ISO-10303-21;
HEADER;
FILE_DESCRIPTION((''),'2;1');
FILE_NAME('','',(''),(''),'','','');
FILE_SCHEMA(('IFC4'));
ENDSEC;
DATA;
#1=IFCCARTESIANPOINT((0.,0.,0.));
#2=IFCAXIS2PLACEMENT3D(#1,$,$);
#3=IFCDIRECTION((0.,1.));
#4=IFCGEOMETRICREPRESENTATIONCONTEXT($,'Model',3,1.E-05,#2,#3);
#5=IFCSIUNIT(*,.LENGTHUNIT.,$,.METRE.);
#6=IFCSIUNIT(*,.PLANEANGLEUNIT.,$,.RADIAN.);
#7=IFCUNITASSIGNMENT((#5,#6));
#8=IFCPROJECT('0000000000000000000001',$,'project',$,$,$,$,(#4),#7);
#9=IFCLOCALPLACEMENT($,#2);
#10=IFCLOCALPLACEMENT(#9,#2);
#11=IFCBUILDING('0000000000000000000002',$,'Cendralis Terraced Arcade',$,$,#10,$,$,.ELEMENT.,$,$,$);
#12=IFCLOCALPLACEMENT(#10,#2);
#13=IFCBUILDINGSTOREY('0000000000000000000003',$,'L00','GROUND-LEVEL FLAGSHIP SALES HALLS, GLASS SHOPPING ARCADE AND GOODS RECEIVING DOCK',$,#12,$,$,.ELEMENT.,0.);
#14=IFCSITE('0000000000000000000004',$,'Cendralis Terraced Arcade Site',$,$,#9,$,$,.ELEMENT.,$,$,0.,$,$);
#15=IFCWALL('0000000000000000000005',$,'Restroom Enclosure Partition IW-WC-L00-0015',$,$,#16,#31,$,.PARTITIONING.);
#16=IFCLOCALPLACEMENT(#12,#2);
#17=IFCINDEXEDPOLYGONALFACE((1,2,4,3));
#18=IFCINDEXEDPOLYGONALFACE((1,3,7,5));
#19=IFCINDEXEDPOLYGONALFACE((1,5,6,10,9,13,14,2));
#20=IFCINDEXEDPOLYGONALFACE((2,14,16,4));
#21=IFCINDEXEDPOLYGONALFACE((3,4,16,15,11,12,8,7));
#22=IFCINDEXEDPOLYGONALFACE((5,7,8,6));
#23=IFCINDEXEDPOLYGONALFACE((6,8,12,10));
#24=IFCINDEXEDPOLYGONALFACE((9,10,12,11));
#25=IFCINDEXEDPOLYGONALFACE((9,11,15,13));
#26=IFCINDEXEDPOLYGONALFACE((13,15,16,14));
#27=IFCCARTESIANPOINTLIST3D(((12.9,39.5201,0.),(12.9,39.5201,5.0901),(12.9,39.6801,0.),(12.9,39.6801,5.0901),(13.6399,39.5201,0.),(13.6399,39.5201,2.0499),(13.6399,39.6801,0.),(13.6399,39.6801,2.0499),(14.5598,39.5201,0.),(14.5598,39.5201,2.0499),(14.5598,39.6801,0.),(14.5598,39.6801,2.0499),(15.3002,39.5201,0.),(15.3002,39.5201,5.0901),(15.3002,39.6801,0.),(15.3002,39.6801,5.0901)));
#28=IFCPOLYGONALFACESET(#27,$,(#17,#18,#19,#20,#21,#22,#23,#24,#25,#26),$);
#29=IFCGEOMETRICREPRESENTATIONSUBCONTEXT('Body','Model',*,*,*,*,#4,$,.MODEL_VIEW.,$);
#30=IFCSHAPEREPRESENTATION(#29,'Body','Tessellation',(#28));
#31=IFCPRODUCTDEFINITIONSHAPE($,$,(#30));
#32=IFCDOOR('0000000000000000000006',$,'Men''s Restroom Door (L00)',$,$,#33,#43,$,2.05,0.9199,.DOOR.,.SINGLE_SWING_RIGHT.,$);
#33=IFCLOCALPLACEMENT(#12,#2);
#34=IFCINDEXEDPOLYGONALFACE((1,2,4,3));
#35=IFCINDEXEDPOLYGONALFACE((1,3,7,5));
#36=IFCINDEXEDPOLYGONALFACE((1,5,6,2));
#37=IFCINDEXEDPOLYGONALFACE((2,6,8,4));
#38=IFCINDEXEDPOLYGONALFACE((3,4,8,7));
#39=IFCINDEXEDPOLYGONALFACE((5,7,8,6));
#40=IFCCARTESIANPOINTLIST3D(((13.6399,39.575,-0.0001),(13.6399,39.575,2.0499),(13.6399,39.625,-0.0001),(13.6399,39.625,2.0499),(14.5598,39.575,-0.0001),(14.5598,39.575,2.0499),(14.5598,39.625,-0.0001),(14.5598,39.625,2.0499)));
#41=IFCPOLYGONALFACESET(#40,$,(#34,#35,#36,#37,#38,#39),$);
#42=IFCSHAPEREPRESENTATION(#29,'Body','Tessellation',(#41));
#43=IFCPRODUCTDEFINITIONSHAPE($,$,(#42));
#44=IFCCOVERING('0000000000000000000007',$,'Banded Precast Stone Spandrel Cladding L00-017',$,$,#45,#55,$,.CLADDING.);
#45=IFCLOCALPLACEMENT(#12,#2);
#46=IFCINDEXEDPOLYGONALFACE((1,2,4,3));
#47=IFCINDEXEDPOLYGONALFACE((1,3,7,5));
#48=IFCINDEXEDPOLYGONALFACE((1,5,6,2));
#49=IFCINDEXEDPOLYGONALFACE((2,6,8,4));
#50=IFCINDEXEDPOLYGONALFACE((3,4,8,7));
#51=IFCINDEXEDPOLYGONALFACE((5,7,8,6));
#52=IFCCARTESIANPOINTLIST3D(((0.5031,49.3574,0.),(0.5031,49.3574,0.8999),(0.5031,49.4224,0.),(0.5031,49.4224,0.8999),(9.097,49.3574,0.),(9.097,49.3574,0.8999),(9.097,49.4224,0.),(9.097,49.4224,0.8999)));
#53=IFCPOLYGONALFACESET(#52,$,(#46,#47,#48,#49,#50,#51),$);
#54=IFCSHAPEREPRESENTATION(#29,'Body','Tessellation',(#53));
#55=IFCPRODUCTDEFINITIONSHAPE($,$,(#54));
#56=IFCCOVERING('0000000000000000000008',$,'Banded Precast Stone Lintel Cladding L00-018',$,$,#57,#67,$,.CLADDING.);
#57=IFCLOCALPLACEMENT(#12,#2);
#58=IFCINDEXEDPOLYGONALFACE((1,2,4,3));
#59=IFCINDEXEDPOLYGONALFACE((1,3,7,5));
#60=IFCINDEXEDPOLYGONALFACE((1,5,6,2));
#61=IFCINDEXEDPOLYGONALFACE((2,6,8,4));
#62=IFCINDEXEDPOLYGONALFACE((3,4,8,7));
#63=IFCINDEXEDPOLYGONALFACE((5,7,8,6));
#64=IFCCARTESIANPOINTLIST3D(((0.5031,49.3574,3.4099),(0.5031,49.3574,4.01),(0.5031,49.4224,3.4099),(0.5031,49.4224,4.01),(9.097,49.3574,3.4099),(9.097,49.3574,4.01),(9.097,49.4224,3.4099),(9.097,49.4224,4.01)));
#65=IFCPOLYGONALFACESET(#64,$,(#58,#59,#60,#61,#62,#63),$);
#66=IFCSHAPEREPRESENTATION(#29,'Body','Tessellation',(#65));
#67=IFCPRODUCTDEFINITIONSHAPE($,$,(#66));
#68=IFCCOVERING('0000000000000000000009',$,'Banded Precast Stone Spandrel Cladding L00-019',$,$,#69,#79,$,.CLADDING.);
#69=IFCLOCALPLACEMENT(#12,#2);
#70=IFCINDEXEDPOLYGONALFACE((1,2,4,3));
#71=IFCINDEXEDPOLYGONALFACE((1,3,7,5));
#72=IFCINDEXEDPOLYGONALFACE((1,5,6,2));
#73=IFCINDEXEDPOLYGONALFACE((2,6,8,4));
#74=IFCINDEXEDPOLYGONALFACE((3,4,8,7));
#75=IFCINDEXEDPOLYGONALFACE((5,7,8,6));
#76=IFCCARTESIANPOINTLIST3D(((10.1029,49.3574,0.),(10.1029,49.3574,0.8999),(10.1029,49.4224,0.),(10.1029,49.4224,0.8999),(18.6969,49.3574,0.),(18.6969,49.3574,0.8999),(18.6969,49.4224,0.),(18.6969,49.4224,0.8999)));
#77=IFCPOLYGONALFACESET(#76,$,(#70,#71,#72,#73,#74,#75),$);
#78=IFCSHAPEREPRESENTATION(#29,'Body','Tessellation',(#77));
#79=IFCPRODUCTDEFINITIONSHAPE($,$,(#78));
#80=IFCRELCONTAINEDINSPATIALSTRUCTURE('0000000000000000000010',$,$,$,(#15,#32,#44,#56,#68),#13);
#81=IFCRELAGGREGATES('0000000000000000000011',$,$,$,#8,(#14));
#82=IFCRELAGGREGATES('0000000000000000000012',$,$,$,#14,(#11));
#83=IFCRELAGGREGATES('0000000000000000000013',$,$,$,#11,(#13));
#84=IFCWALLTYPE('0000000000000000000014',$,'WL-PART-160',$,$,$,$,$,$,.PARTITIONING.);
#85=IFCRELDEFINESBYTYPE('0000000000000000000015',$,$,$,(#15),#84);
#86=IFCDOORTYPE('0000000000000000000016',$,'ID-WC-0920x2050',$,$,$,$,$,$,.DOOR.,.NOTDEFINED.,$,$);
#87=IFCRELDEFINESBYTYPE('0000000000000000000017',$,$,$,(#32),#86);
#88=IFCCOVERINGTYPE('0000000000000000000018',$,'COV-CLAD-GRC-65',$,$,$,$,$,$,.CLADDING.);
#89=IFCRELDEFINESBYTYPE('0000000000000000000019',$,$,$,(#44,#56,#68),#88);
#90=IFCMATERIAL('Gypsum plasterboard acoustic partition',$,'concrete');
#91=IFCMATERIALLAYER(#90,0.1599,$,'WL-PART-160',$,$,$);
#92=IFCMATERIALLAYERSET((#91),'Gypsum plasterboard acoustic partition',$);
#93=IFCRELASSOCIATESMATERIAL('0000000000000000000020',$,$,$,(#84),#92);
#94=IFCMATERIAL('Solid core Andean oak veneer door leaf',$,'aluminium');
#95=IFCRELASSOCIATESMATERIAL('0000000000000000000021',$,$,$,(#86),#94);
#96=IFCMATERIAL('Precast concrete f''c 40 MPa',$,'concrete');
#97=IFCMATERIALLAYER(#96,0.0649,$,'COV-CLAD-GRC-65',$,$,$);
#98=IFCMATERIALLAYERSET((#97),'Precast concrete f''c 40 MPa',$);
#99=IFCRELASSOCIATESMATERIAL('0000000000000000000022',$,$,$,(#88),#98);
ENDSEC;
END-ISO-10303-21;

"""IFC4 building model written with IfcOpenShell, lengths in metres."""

from ifc_helpers import new_model, si_unit, direction, frame, frame_2d, origin, origin_2d, place, context, subcontext, project, spatial, rectangle, extrude, material, layer, layer_set, type_object, element, fill, save


model = new_model("IFC4")

# Units and contexts
model_context = context("Model", 3, precision=1e-05, world=origin(), true_north=direction((0.0, 1.0)))
body_context = subcontext(model_context, "Body", "Model", "MODEL_VIEW")
ifc_project = project(units=[si_unit("LENGTHUNIT", "METRE"), si_unit("PLANEANGLEUNIT", "RADIAN")], contexts=[model_context])

# Site, building, storey
site_placement = place(None, origin())
site = spatial("IfcSite", under=ifc_project, at=site_placement, Name="Cendralis Terraced Arcade Site", CompositionType="ELEMENT", RefElevation=0.0)
building_placement = place(site_placement, origin())
building = spatial("IfcBuilding", under=site, at=building_placement, Name="Cendralis Terraced Arcade", CompositionType="ELEMENT")
storey_placement = place(building_placement, origin())
storey = spatial("IfcBuildingStorey", under=building, at=storey_placement, Name="L00", Description="GROUND-LEVEL FLAGSHIP SALES HALLS, GLASS SHOPPING ARCADE AND GOODS RECEIVING DOCK", CompositionType="ELEMENT", Elevation=0.0)

# Shared definitions
ifc_material_1 = material(Name="Precast concrete f'c 40 MPa", Category="concrete")

# Shared definitions
ifc_material_2 = material(Name="Gypsum plasterboard acoustic partition", Category="concrete")
ifc_layer_1 = layer(ifc_material_2, 0.1599, Name="WL-PART-160")
ifc_layer_set_1 = layer_set([ifc_layer_1], Name="Gypsum plasterboard acoustic partition")
wall_type_1 = type_object("IfcWallType", Name="WL-PART-160", PredefinedType="PARTITIONING", material=ifc_layer_set_1)

# Wall, opening, door
ifc_material_3 = material(Name="Solid core Andean oak veneer door leaf", Category="aluminium")
wall_1_placement = place(storey_placement, frame((12.8999, 39.6001, 0.0), z_axis=(0.0, 0.0, 1.0), x_axis=(1.0, 0.0, 0.0)))
wall_1 = element("IfcWall", 1, at=wall_1_placement, inside=storey, type_object=wall_type_1, Name="Restroom Enclosure Partition IW-WC-L00-0015", PredefinedType="PARTITIONING", context=body_context, shape_type="SweptSolid", body=[
    extrude(rectangle(XDim=2.4001, YDim=0.1599, at=frame_2d((1.2002, 0.0))), origin(), (0.0, 0.0, 1.0), 5.0901),
])
opening_1_placement = place(wall_1_placement, frame((0.74, 0.0, 0.0)))
opening_1 = element("IfcOpeningElement", 2, at=opening_1_placement, cuts=wall_1, PredefinedType="OPENING", context=body_context, shape_type="SweptSolid", body=[
    extrude(rectangle(XDim=0.9199, YDim=2.05, at=frame_2d((0.46, 1.0249))), frame((0.0, 0.0918, 0.0), z_axis=(0.0, -1.0, 0.0), x_axis=(1.0, 0.0, 0.0)), (0.0, 0.0, 1.0), 0.1838),
])
door_type_1 = type_object("IfcDoorType", Name="ID-WC-0920x2050", OperationType="NOTDEFINED", PredefinedType="DOOR", material=ifc_material_3)
door_1_placement = place(opening_1_placement, origin())
door_1 = element("IfcDoor", 3, at=door_1_placement, inside=storey, type_object=door_type_1, Name="Men's Restroom Door (L00)", OperationType="SINGLE_SWING_RIGHT", OverallHeight=2.05, OverallWidth=0.9199, PredefinedType="DOOR", context=body_context, shape_type="SweptSolid", body=[
    extrude(rectangle(XDim=0.9199, YDim=2.05, at=frame_2d((0.46, 1.0249))), frame((0.0, 0.0249, 0.0), z_axis=(0.0, -1.0, 0.0), x_axis=(1.0, 0.0, 0.0)), (0.0, 0.0, 1.0), 0.05),
])
fill(opening_1, door_1)

# Coverings
ifc_layer_2 = layer(ifc_material_1, 0.0649, Name="COV-CLAD-GRC-65")
ifc_layer_set_2 = layer_set([ifc_layer_2], Name="Precast concrete f'c 40 MPa")
covering_type = type_object("IfcCoveringType", Name="COV-CLAD-GRC-65", PredefinedType="CLADDING", material=ifc_layer_set_2)
covering_1_placement = place(storey_placement, frame((4.8, 49.3899, 0.0), z_axis=(0.0, 0.0, 1.0), x_axis=(1.0, 0.0, 0.0)))
element("IfcCovering", 4, at=covering_1_placement, inside=storey, type_object=covering_type, Name="Banded Precast Stone Spandrel Cladding L00-017", PredefinedType="CLADDING", context=body_context, shape_type="SweptSolid", body=[
    extrude(rectangle(XDim=8.594, YDim=0.0649, at=origin_2d()), origin(), (0.0, 0.0, 1.0), 0.8999),
])
covering_2_placement = place(storey_placement, frame((4.8, 49.3899, 3.4099), z_axis=(0.0, 0.0, 1.0), x_axis=(1.0, 0.0, 0.0)))
element("IfcCovering", 5, at=covering_2_placement, inside=storey, type_object=covering_type, Name="Banded Precast Stone Lintel Cladding L00-018", PredefinedType="CLADDING", context=body_context, shape_type="SweptSolid", body=[
    extrude(rectangle(XDim=8.594, YDim=0.0649, at=origin_2d()), origin(), (0.0, 0.0, 1.0), 0.6001),
])
covering_3_placement = place(storey_placement, frame((14.3999, 49.3899, 0.0), z_axis=(0.0, 0.0, 1.0), x_axis=(1.0, 0.0, 0.0)))
element("IfcCovering", 6, at=covering_3_placement, inside=storey, type_object=covering_type, Name="Banded Precast Stone Spandrel Cladding L00-019", PredefinedType="CLADDING", context=body_context, shape_type="SweptSolid", body=[
    extrude(rectangle(XDim=8.594, YDim=0.0649, at=origin_2d()), origin(), (0.0, 0.0, 1.0), 0.8999),
])

save(model, "model.ifc")
